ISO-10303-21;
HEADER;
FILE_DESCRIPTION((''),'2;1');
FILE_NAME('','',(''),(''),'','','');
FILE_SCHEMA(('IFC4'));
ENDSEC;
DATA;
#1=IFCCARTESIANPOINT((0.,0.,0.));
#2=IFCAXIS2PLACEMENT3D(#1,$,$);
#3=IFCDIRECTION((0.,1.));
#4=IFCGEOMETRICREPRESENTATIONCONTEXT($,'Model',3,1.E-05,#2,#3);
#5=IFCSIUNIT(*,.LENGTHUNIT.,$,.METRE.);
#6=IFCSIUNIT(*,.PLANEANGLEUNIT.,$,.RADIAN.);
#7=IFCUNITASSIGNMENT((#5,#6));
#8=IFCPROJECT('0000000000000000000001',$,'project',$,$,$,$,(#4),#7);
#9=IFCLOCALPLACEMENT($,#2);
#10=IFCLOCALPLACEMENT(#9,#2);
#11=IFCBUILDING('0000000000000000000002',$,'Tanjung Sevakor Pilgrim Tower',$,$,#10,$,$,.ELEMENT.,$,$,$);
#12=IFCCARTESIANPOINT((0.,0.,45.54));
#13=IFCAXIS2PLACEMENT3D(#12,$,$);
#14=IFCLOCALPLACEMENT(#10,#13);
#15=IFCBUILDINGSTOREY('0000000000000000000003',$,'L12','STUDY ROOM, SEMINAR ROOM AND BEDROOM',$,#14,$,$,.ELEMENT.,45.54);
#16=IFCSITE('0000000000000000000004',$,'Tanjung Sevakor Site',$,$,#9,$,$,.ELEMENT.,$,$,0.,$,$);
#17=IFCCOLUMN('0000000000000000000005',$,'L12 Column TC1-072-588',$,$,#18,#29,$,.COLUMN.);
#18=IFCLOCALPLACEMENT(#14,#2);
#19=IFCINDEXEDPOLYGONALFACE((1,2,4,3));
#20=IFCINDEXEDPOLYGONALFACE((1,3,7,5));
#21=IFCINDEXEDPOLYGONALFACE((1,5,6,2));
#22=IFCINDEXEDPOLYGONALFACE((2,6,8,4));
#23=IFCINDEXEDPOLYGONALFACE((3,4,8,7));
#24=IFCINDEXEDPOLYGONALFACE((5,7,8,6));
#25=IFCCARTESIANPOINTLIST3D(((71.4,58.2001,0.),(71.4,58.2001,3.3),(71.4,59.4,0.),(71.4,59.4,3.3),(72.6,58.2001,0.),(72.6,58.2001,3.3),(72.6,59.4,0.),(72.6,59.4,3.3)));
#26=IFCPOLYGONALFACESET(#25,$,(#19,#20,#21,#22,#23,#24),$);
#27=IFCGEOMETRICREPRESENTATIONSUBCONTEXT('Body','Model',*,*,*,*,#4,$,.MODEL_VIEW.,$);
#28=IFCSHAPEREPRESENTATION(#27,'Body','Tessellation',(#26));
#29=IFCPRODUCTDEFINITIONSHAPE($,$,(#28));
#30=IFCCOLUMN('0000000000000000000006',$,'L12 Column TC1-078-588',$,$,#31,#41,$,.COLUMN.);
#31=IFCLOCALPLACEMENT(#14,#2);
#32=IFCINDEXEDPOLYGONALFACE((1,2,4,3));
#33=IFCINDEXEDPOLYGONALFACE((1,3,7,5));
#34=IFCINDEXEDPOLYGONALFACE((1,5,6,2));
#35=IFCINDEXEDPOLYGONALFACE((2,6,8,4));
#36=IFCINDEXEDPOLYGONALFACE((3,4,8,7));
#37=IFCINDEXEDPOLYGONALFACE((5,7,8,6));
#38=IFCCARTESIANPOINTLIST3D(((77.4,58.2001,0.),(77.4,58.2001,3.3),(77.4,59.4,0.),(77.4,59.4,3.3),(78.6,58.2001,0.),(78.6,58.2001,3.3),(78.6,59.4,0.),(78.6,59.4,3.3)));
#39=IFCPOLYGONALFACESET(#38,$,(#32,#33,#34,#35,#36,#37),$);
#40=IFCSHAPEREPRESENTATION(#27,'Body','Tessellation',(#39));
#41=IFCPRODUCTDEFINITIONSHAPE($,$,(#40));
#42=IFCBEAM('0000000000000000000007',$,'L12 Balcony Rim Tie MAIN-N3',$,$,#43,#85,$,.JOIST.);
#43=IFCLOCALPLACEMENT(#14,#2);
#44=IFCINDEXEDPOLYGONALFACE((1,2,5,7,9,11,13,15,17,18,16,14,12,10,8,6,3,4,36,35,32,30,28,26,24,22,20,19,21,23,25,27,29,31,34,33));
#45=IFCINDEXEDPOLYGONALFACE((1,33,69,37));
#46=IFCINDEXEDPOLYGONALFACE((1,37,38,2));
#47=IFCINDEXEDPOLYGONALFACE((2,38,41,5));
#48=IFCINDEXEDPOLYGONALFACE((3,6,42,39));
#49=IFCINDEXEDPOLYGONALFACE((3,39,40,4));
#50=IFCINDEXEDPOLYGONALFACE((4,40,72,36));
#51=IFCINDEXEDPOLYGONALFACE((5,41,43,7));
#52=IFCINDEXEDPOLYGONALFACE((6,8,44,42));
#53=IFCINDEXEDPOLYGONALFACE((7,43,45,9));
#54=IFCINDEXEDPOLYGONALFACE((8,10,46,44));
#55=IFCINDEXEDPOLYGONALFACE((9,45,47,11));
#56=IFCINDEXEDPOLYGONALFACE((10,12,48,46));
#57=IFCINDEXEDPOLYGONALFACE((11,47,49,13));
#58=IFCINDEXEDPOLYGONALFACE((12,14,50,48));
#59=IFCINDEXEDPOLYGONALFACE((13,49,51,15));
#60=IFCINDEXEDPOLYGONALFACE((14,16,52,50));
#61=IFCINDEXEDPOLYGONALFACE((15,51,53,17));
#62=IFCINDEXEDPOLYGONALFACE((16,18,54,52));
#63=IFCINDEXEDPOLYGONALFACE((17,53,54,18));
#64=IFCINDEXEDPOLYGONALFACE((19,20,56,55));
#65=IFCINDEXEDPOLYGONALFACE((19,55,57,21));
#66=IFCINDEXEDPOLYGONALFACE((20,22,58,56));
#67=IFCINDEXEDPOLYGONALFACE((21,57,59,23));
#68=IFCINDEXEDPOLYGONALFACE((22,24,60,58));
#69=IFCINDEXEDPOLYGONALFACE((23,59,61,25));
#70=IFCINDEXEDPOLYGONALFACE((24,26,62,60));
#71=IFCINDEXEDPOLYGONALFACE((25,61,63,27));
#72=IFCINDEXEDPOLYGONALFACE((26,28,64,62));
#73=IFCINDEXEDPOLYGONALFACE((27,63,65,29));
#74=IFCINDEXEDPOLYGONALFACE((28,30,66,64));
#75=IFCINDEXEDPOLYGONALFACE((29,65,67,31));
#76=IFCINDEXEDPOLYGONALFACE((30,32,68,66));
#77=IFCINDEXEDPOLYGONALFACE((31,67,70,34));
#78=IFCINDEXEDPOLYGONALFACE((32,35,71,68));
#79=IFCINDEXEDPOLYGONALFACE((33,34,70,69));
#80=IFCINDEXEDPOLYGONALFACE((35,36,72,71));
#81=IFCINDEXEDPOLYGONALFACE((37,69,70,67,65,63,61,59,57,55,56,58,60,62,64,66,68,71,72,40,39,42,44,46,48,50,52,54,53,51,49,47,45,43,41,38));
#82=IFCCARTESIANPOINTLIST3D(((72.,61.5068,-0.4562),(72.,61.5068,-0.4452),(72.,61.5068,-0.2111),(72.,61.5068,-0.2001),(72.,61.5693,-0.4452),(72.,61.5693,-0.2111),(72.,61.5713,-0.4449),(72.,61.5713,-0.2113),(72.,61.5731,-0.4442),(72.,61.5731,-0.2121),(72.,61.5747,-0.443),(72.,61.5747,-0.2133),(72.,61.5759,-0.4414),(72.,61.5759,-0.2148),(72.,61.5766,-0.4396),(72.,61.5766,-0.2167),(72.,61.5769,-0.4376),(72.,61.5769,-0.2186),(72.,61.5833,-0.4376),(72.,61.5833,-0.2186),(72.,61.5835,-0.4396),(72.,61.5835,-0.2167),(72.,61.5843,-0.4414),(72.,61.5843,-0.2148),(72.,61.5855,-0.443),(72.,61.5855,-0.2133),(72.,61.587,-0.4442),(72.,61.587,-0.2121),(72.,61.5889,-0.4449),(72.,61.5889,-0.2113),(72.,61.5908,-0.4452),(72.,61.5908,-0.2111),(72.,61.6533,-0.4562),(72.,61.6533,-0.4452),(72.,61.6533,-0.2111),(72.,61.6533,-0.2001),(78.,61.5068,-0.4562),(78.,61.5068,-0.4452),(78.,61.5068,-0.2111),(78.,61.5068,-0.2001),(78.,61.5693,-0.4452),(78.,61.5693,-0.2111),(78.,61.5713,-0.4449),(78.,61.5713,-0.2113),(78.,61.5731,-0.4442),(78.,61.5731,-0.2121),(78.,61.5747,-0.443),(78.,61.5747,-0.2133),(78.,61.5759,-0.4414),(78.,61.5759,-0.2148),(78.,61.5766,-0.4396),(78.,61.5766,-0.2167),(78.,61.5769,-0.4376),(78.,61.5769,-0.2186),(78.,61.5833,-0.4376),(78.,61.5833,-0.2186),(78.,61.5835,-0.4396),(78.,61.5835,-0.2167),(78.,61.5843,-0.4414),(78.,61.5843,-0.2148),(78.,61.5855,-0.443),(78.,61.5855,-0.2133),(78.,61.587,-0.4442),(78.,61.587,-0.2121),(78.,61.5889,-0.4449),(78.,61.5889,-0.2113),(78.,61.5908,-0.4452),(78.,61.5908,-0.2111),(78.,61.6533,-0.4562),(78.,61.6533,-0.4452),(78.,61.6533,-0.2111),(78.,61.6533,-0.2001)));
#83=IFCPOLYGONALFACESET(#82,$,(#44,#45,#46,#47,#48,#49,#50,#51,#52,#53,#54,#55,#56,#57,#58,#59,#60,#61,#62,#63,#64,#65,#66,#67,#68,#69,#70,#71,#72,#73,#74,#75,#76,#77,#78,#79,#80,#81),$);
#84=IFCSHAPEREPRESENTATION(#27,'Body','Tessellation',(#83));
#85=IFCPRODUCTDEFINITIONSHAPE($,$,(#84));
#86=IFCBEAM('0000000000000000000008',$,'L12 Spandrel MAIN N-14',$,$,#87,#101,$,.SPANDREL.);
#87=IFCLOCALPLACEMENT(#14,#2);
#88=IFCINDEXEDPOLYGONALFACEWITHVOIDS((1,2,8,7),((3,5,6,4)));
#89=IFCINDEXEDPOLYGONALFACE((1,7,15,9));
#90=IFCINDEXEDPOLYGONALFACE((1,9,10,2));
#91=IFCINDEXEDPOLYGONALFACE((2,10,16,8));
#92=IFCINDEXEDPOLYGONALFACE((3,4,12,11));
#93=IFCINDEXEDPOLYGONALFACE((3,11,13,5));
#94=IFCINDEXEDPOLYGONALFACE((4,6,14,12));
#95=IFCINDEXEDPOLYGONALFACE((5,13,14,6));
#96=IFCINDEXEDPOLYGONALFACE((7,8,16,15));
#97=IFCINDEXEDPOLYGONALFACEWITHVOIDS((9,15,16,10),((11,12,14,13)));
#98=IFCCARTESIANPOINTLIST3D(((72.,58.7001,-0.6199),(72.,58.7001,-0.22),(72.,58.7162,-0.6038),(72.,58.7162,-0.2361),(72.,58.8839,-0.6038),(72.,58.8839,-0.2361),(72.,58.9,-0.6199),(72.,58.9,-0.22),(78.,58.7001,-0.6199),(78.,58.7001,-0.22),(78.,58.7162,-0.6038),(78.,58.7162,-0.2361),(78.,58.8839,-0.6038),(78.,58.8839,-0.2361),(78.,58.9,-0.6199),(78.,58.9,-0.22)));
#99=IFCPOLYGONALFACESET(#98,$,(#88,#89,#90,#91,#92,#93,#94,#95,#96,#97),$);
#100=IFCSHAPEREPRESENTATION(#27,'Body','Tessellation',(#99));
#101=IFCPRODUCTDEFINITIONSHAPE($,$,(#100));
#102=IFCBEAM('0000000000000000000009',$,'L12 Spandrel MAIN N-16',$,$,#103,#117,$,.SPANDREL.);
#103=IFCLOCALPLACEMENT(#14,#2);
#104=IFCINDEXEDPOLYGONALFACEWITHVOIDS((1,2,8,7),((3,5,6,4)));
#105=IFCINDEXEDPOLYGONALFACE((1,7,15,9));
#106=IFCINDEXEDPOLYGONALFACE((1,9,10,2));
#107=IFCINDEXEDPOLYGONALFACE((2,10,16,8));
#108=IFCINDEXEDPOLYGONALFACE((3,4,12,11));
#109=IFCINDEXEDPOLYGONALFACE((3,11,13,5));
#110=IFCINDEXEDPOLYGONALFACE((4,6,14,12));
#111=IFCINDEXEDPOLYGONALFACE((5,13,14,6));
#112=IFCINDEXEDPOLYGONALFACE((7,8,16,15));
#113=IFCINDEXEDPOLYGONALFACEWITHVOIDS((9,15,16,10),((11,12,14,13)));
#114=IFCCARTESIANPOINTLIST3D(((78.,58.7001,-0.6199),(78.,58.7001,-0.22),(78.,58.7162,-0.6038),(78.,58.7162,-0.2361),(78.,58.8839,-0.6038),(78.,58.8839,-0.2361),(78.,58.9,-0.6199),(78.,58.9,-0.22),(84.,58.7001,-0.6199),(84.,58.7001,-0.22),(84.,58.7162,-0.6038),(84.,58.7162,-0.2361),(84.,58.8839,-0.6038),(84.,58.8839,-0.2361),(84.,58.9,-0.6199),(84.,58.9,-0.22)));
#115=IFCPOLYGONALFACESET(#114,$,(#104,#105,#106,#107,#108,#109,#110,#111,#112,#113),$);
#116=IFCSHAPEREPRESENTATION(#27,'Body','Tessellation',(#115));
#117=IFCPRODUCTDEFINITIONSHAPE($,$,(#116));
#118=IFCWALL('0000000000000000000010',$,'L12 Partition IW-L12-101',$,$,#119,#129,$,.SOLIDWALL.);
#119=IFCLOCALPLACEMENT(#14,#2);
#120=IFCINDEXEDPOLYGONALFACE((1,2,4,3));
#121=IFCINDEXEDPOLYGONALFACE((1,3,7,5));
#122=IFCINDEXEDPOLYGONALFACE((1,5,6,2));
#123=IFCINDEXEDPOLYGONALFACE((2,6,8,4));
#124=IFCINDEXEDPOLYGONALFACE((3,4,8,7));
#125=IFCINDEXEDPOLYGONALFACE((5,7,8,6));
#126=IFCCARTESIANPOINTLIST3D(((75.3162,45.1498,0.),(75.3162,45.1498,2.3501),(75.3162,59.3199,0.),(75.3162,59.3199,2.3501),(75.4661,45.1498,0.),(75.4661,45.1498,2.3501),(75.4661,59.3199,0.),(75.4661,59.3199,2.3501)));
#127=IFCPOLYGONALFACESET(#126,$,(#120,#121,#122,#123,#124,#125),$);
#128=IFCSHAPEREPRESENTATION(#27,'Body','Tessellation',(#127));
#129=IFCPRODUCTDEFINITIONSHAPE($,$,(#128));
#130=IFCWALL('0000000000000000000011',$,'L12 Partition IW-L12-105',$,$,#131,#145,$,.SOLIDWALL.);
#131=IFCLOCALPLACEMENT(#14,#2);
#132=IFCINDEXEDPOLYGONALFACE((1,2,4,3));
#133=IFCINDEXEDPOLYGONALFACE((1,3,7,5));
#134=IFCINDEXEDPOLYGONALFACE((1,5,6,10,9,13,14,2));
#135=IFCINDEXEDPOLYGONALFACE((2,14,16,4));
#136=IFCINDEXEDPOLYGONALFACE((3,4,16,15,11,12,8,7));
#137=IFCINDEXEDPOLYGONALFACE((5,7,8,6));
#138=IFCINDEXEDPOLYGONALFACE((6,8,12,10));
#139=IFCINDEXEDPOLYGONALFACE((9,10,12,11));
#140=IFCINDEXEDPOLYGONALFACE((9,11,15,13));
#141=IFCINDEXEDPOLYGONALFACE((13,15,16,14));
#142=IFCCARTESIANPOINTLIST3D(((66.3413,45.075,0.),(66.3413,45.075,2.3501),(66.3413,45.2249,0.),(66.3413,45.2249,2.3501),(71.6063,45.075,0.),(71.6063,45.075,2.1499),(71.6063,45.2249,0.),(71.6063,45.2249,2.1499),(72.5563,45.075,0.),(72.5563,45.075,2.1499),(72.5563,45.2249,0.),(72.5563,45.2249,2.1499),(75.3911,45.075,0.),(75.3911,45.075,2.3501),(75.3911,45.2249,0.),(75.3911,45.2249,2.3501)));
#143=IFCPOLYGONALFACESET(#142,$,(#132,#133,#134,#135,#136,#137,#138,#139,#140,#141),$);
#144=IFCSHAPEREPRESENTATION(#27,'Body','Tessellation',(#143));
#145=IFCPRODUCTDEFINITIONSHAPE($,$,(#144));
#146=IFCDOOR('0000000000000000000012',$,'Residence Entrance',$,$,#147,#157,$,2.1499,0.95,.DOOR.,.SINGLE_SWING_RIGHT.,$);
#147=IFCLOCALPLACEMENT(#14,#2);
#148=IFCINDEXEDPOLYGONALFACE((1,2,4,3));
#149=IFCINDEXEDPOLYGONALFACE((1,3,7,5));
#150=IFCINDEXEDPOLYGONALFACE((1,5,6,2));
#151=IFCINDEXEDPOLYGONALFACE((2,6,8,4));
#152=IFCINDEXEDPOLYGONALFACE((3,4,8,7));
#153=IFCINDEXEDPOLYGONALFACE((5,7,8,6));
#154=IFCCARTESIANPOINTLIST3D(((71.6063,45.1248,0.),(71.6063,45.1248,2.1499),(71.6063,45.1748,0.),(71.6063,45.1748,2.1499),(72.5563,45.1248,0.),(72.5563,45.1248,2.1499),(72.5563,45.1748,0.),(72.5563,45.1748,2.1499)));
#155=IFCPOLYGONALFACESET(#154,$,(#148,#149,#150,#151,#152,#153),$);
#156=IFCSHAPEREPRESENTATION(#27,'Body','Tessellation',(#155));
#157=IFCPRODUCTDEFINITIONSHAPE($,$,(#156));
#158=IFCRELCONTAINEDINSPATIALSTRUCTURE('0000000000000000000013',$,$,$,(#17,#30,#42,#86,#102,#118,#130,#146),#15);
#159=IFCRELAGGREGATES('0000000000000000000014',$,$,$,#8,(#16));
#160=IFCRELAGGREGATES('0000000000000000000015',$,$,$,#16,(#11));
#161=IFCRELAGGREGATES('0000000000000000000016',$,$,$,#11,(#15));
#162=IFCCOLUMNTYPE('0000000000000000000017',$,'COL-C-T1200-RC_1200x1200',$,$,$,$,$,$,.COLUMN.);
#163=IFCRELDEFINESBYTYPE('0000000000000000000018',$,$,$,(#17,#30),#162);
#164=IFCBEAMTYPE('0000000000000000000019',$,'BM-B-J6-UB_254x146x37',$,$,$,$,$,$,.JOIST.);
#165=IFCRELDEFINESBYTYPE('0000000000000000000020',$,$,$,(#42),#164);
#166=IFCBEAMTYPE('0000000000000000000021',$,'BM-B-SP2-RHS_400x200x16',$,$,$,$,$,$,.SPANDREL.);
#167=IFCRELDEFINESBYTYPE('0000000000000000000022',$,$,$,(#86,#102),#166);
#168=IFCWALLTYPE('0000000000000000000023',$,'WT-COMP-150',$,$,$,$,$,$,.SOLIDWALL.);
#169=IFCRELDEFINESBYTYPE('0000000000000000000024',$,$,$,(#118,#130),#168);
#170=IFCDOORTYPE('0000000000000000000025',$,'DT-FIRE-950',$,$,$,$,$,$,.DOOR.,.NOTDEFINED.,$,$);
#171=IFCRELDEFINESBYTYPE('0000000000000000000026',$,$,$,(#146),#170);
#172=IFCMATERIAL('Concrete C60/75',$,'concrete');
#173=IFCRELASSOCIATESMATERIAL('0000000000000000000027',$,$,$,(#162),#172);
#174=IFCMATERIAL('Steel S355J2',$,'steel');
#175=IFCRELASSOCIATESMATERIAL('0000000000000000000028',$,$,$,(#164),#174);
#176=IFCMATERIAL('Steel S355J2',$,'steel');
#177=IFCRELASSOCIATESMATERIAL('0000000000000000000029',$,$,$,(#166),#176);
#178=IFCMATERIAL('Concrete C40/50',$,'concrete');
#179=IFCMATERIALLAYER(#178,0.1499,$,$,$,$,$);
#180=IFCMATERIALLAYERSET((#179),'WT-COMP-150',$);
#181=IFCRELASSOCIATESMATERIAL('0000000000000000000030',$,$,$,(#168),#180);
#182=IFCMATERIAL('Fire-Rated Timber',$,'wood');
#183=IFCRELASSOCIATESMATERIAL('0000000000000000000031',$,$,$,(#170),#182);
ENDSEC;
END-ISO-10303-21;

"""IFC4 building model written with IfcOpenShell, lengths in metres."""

from ifc_helpers import new_model, si_unit, direction, frame, frame_2d, origin, origin_2d, place, context, subcontext, project, spatial, rectangle, hollow_rectangle, i_section, extrude, material, layer, layer_set, material_profile, profile_set, type_object, element, fill, save


model = new_model("IFC4")

# Units and contexts
model_context = context("Model", 3, precision=1e-05, world=origin(), true_north=direction((0.0, 1.0)))
body_context = subcontext(model_context, "Body", "Model", "MODEL_VIEW")
ifc_project = project(units=[si_unit("LENGTHUNIT", "METRE"), si_unit("PLANEANGLEUNIT", "RADIAN")], contexts=[model_context])

# Site, building, storey
site_placement = place(None, origin())
site = spatial("IfcSite", under=ifc_project, at=site_placement, Name="Tanjung Sevakor Site", CompositionType="ELEMENT", RefElevation=0.0)
building_placement = place(site_placement, origin())
building = spatial("IfcBuilding", under=site, at=building_placement, Name="Tanjung Sevakor Pilgrim Tower", CompositionType="ELEMENT")
storey_placement = place(building_placement, frame((0.0, 0.0, 45.54)))
storey = spatial("IfcBuildingStorey", under=building, at=storey_placement, Name="L12", Description="STUDY ROOM, SEMINAR ROOM AND BEDROOM", CompositionType="ELEMENT", Elevation=45.54)

# Columns
ifc_material_1 = material(Name="Concrete C60/75", Category="concrete")
ifc_material_profile_1 = material_profile(ifc_material_1, rectangle(XDim=1.2, YDim=1.2, at=origin_2d()))
ifc_profile_set_1 = profile_set([ifc_material_profile_1], Name="Concrete C60/75")
column_type = type_object("IfcColumnType", Name="COL-C-T1200-RC_1200x1200", PredefinedType="COLUMN", material=ifc_profile_set_1)
for number, where, z_axis, x_axis, name in (
    (1, (72.0, 58.8, 0.0), (0.0, 0.0, 1.0), (1.0, 0.0, 0.0), "L12 Column TC1-072-588"),
    (2, (78.0, 58.8, 0.0), (0.0, 0.0, 1.0), (1.0, 0.0, 0.0), "L12 Column TC1-078-588"),
):
    element("IfcColumn", number, at=place(storey_placement, frame(where, z_axis=z_axis, x_axis=x_axis)), inside=storey, type_object=column_type, Name=name, PredefinedType="COLUMN", context=body_context, shape_type="SweptSolid", body=[
        extrude(rectangle(XDim=1.2, YDim=1.2, at=origin_2d()), origin(), (0.0, 0.0, 1.0), 3.3),
    ])

# Beams
ifc_material_2 = material(Name="Steel S355J2", Category="steel")
ifc_material_profile_2 = material_profile(ifc_material_2, i_section(OverallWidth=0.1465, OverallDepth=0.2561, WebThickness=0.0063, FlangeThickness=0.011, FilletRadius=0.0076, at=origin_2d()))
ifc_profile_set_2 = profile_set([ifc_material_profile_2], Name="Steel S355J2")
beam_type_1 = type_object("IfcBeamType", Name="BM-B-J6-UB_254x146x37", PredefinedType="JOIST", material=ifc_profile_set_2)
beam_placement = place(storey_placement, frame((72.0, 61.5801, -0.3281), z_axis=(1.0, 0.0, 0.0), x_axis=(0.0, 1.0, 0.0)))
element("IfcBeam", 3, at=beam_placement, inside=storey, type_object=beam_type_1, Name="L12 Balcony Rim Tie MAIN-N3", PredefinedType="JOIST", context=body_context, shape_type="SweptSolid", body=[
    extrude(i_section(OverallWidth=0.1465, OverallDepth=0.2561, WebThickness=0.0063, FlangeThickness=0.011, FilletRadius=0.0076, at=origin_2d()), origin(), (0.0, 0.0, 1.0), 6.0),
])
ifc_material_3 = material(Name="Steel S355J2", Category="steel")
ifc_material_profile_3 = material_profile(ifc_material_3, hollow_rectangle(XDim=0.2, YDim=0.3999, WallThickness=0.0161, at=origin_2d()))
ifc_profile_set_3 = profile_set([ifc_material_profile_3], Name="Steel S355J2")
beam_type_2 = type_object("IfcBeamType", Name="BM-B-SP2-RHS_400x200x16", PredefinedType="SPANDREL", material=ifc_profile_set_3)
for number, where, z_axis, x_axis, name in (
    (4, (72.0, 58.8, -0.4199), (1.0, 0.0, 0.0), (0.0, 1.0, 0.0), "L12 Spandrel MAIN N-14"),
    (5, (78.0, 58.8, -0.4199), (1.0, 0.0, 0.0), (0.0, 1.0, 0.0), "L12 Spandrel MAIN N-16"),
):
    element("IfcBeam", number, at=place(storey_placement, frame(where, z_axis=z_axis, x_axis=x_axis)), inside=storey, type_object=beam_type_2, Name=name, PredefinedType="SPANDREL", context=body_context, shape_type="SweptSolid", body=[
        extrude(hollow_rectangle(XDim=0.2, YDim=0.3999, WallThickness=0.0161, at=origin_2d()), origin(), (0.0, 0.0, 1.0), 6.0),
    ])

# Wall
ifc_material_4 = material(Name="Concrete C40/50", Category="concrete")
ifc_layer_1 = layer(ifc_material_4, 0.1499)
ifc_layer_set_1 = layer_set([ifc_layer_1], Name="WT-COMP-150")
wall_type_1 = type_object("IfcWallType", Name="WT-COMP-150", PredefinedType="SOLIDWALL", material=ifc_layer_set_1)
wall_1_placement = place(storey_placement, frame((75.3911, 45.1499, 0.0), z_axis=(0.0, 0.0, 1.0), x_axis=(0.0, 1.0, 0.0)))
element("IfcWall", 6, at=wall_1_placement, inside=storey, type_object=wall_type_1, Name="L12 Partition IW-L12-101", PredefinedType="SOLIDWALL", context=body_context, shape_type="SweptSolid", body=[
    extrude(rectangle(XDim=14.1702, YDim=0.1499, at=frame_2d((7.085, 0.0))), origin(), (0.0, 0.0, 1.0), 2.3501),
])

# Wall, opening, door
wall_2_placement = place(storey_placement, frame((66.3413, 45.1499, 0.0), z_axis=(0.0, 0.0, 1.0), x_axis=(1.0, 0.0, 0.0)))
wall_2 = element("IfcWall", 7, at=wall_2_placement, inside=storey, type_object=wall_type_1, Name="L12 Partition IW-L12-105", PredefinedType="SOLIDWALL", context=body_context, shape_type="SweptSolid", body=[
    extrude(rectangle(XDim=9.0498, YDim=0.1499, at=frame_2d((4.5249, 0.0))), origin(), (0.0, 0.0, 1.0), 2.3501),
])
opening_1_placement = place(wall_2_placement, frame((5.2649, 0.0, 0.0)))
opening_1 = element("IfcOpeningElement", 8, at=opening_1_placement, cuts=wall_2, PredefinedType="OPENING", context=body_context, shape_type="SweptSolid", body=[
    extrude(rectangle(XDim=0.95, YDim=2.1499, at=frame_2d((0.4751, 1.075))), frame((0.0, 0.085, 0.0), z_axis=(0.0, -1.0, 0.0), x_axis=(1.0, 0.0, 0.0)), (0.0, 0.0, 1.0), 0.1699),
])
ifc_material_5 = material(Name="Fire-Rated Timber", Category="wood")
door_type_1 = type_object("IfcDoorType", Name="DT-FIRE-950", OperationType="NOTDEFINED", PredefinedType="DOOR", material=ifc_material_5)
door_1_placement = place(opening_1_placement, origin())
door_1 = element("IfcDoor", 9, at=door_1_placement, inside=storey, type_object=door_type_1, Name="Residence Entrance", OperationType="SINGLE_SWING_RIGHT", OverallHeight=2.1499, OverallWidth=0.95, PredefinedType="DOOR", context=body_context, shape_type="SweptSolid", body=[
    extrude(rectangle(XDim=0.95, YDim=2.1499, at=frame_2d((0.4751, 1.075))), frame((0.0, 0.0249, 0.0), z_axis=(0.0, -1.0, 0.0), x_axis=(1.0, 0.0, 0.0)), (0.0, 0.0, 1.0), 0.05),
])
fill(opening_1, door_1)

save(model, "model.ifc")
